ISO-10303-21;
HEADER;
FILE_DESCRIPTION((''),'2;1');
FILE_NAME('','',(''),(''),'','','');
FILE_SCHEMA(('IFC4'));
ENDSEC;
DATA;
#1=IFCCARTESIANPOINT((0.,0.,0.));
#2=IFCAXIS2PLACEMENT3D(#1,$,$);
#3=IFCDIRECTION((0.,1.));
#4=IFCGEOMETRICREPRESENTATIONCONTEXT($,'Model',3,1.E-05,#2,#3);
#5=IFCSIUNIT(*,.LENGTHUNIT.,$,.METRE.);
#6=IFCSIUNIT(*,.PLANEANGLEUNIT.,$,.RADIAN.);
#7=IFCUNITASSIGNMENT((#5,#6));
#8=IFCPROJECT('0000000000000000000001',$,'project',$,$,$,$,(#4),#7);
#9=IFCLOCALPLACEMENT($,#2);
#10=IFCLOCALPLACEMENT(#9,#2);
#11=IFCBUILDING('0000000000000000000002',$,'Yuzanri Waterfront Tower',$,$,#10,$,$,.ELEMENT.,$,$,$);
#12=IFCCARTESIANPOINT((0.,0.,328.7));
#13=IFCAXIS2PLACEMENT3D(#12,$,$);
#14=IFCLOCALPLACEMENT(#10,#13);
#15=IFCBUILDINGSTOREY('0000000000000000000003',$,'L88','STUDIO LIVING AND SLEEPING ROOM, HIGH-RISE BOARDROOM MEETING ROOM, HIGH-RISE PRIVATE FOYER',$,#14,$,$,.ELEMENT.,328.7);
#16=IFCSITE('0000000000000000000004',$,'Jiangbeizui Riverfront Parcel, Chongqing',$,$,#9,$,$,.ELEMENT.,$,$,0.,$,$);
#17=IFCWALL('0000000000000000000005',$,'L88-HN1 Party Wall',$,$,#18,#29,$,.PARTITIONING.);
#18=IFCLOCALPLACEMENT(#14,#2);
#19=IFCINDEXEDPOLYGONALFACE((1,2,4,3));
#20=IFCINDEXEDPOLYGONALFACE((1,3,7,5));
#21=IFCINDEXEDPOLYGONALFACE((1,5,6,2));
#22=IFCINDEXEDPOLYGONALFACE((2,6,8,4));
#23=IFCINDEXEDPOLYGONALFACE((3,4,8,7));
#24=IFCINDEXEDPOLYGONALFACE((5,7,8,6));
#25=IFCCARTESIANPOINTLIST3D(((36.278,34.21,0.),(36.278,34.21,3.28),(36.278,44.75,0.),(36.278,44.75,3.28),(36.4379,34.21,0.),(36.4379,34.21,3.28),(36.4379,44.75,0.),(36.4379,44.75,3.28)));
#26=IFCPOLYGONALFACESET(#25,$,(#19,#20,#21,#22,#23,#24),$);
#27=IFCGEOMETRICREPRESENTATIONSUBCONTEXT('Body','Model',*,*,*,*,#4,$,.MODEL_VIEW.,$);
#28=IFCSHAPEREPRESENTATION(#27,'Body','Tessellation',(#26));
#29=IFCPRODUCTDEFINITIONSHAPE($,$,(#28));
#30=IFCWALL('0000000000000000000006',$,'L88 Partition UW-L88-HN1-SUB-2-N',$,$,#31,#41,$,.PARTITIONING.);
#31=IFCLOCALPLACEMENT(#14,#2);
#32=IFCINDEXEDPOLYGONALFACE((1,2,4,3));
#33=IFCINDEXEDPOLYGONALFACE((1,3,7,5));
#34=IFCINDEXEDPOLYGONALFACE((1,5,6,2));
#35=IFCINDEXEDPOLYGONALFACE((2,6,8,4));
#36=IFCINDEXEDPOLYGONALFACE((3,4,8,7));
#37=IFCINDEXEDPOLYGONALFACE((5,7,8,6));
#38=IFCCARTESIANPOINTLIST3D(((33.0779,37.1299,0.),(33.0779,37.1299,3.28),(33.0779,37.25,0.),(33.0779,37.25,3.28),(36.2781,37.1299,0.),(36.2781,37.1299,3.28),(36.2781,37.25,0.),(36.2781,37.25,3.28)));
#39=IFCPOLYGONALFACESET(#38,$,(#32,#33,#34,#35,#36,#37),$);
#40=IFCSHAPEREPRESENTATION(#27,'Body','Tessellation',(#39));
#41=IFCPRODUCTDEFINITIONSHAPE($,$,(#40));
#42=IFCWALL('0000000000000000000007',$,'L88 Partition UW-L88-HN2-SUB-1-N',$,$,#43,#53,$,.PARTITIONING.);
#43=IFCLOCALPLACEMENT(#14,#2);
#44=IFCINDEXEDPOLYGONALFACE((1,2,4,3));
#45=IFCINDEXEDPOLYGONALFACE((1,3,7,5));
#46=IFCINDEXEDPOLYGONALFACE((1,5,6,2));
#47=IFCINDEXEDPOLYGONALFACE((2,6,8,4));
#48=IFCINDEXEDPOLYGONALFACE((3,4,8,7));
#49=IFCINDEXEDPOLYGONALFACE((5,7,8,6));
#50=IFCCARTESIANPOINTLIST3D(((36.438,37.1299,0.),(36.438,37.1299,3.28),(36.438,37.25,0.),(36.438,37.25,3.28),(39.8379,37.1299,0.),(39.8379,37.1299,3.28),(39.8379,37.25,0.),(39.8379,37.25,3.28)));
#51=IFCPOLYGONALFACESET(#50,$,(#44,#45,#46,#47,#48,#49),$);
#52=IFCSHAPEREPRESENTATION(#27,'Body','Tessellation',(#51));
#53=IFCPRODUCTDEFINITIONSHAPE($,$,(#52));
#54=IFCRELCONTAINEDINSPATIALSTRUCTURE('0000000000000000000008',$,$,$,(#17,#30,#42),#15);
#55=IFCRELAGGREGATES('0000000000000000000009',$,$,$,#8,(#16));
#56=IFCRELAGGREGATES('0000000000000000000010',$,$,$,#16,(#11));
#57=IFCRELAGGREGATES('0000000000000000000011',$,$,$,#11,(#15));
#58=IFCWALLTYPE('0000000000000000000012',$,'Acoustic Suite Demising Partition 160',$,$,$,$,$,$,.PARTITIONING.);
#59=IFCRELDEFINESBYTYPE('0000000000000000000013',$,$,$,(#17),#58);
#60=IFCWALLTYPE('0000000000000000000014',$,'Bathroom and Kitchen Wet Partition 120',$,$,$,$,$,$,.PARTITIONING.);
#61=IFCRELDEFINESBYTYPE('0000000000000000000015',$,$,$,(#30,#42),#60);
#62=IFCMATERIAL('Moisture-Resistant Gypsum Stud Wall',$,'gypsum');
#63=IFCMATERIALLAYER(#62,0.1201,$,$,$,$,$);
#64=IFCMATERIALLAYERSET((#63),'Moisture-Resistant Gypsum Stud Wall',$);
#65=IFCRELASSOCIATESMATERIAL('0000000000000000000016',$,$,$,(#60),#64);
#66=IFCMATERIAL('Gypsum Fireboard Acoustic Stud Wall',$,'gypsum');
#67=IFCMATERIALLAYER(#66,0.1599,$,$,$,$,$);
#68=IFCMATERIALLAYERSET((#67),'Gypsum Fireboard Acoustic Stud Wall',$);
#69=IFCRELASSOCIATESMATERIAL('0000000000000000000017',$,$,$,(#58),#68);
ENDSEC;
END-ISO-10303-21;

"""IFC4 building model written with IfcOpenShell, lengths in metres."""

from ifc_helpers import new_model, si_unit, direction, frame, frame_2d, origin, place, context, subcontext, project, spatial, rectangle, extrude, source, transform, mapped, material, layer, layer_set, type_object, element, save


model = new_model("IFC4")

# Units and contexts
model_context = context("Model", 3, precision=1e-05, world=origin(), true_north=direction((0.0, 1.0)))
body_context = subcontext(model_context, "Body", "Model", "MODEL_VIEW")
ifc_project = project(units=[si_unit("LENGTHUNIT", "METRE"), si_unit("PLANEANGLEUNIT", "RADIAN")], contexts=[model_context])

# Site, building, storey
site_placement = place(None, origin())
site = spatial("IfcSite", under=ifc_project, at=site_placement, Name="Jiangbeizui Riverfront Parcel, Chongqing", CompositionType="ELEMENT", RefElevation=0.0)
building_placement = place(site_placement, origin())
building = spatial("IfcBuilding", under=site, at=building_placement, Name="Yuzanri Waterfront Tower", CompositionType="ELEMENT")
storey_placement = place(building_placement, frame((0.0, 0.0, 328.7)))
storey = spatial("IfcBuildingStorey", under=building, at=storey_placement, Name="L88", Description="STUDIO LIVING AND SLEEPING ROOM, HIGH-RISE BOARDROOM MEETING ROOM, HIGH-RISE PRIVATE FOYER", CompositionType="ELEMENT", Elevation=328.7)

# Shared definitions
ifc_material_1 = material(Name="Moisture-Resistant Gypsum Stud Wall", Category="gypsum")
ifc_layer_1 = layer(ifc_material_1, 0.1201)
ifc_layer_set_1 = layer_set([ifc_layer_1], Name="Moisture-Resistant Gypsum Stud Wall")
wall_type_1 = type_object("IfcWallType", Name="Bathroom and Kitchen Wet Partition 120", PredefinedType="PARTITIONING", material=ifc_layer_set_1)

# Walls
ifc_material_2 = material(Name="Gypsum Fireboard Acoustic Stud Wall", Category="gypsum")
ifc_layer_2 = layer(ifc_material_2, 0.1599)
ifc_layer_set_2 = layer_set([ifc_layer_2], Name="Gypsum Fireboard Acoustic Stud Wall")
wall_type_2 = type_object("IfcWallType", Name="Acoustic Suite Demising Partition 160", PredefinedType="PARTITIONING", material=ifc_layer_set_2)
shared_shape_1 = source(origin(), body_context, "Body", "SweptSolid", [
    extrude(rectangle(XDim=10.54, YDim=0.1599, at=frame_2d((5.27, 0.0))), origin(), (0.0, 0.0, 1.0), 3.28),
])
wall_1_placement = place(storey_placement, frame((36.3579, 34.21, 0.0), z_axis=(0.0, 0.0, 1.0), x_axis=(0.0, 1.0, 0.0)))
element("IfcWall", 1, at=wall_1_placement, inside=storey, type_object=wall_type_2, Name="L88-HN1 Party Wall", PredefinedType="PARTITIONING", context=body_context, shape_type="MappedRepresentation", body=[
    mapped(shared_shape_1, transform((0.0, 0.0, 0.0), scale=1.0)),
])
shared_shape_2 = source(origin(), body_context, "Body", "SweptSolid", [
    extrude(rectangle(XDim=3.2002, YDim=0.1201, at=frame_2d((1.6001, 0.0))), origin(), (0.0, 0.0, 1.0), 3.28),
])
wall_2_placement = place(storey_placement, frame((33.0779, 37.1899, 0.0), z_axis=(0.0, 0.0, 1.0), x_axis=(1.0, 0.0, 0.0)))
element("IfcWall", 2, at=wall_2_placement, inside=storey, type_object=wall_type_1, Name="L88 Partition UW-L88-HN1-SUB-2-N", PredefinedType="PARTITIONING", context=body_context, shape_type="MappedRepresentation", body=[
    mapped(shared_shape_2, transform((0.0, 0.0, 0.0), scale=1.0)),
])
shared_shape_3 = source(origin(), body_context, "Body", "SweptSolid", [
    extrude(rectangle(XDim=3.3999, YDim=0.1201, at=frame_2d((1.7, 0.0))), origin(), (0.0, 0.0, 1.0), 3.28),
])
wall_3_placement = place(storey_placement, frame((36.438, 37.1899, 0.0), z_axis=(0.0, 0.0, 1.0), x_axis=(1.0, 0.0, 0.0)))
element("IfcWall", 3, at=wall_3_placement, inside=storey, type_object=wall_type_1, Name="L88 Partition UW-L88-HN2-SUB-1-N", PredefinedType="PARTITIONING", context=body_context, shape_type="MappedRepresentation", body=[
    mapped(shared_shape_3, transform((0.0, 0.0, 0.0), scale=1.0)),
])

save(model, "model.ifc")
